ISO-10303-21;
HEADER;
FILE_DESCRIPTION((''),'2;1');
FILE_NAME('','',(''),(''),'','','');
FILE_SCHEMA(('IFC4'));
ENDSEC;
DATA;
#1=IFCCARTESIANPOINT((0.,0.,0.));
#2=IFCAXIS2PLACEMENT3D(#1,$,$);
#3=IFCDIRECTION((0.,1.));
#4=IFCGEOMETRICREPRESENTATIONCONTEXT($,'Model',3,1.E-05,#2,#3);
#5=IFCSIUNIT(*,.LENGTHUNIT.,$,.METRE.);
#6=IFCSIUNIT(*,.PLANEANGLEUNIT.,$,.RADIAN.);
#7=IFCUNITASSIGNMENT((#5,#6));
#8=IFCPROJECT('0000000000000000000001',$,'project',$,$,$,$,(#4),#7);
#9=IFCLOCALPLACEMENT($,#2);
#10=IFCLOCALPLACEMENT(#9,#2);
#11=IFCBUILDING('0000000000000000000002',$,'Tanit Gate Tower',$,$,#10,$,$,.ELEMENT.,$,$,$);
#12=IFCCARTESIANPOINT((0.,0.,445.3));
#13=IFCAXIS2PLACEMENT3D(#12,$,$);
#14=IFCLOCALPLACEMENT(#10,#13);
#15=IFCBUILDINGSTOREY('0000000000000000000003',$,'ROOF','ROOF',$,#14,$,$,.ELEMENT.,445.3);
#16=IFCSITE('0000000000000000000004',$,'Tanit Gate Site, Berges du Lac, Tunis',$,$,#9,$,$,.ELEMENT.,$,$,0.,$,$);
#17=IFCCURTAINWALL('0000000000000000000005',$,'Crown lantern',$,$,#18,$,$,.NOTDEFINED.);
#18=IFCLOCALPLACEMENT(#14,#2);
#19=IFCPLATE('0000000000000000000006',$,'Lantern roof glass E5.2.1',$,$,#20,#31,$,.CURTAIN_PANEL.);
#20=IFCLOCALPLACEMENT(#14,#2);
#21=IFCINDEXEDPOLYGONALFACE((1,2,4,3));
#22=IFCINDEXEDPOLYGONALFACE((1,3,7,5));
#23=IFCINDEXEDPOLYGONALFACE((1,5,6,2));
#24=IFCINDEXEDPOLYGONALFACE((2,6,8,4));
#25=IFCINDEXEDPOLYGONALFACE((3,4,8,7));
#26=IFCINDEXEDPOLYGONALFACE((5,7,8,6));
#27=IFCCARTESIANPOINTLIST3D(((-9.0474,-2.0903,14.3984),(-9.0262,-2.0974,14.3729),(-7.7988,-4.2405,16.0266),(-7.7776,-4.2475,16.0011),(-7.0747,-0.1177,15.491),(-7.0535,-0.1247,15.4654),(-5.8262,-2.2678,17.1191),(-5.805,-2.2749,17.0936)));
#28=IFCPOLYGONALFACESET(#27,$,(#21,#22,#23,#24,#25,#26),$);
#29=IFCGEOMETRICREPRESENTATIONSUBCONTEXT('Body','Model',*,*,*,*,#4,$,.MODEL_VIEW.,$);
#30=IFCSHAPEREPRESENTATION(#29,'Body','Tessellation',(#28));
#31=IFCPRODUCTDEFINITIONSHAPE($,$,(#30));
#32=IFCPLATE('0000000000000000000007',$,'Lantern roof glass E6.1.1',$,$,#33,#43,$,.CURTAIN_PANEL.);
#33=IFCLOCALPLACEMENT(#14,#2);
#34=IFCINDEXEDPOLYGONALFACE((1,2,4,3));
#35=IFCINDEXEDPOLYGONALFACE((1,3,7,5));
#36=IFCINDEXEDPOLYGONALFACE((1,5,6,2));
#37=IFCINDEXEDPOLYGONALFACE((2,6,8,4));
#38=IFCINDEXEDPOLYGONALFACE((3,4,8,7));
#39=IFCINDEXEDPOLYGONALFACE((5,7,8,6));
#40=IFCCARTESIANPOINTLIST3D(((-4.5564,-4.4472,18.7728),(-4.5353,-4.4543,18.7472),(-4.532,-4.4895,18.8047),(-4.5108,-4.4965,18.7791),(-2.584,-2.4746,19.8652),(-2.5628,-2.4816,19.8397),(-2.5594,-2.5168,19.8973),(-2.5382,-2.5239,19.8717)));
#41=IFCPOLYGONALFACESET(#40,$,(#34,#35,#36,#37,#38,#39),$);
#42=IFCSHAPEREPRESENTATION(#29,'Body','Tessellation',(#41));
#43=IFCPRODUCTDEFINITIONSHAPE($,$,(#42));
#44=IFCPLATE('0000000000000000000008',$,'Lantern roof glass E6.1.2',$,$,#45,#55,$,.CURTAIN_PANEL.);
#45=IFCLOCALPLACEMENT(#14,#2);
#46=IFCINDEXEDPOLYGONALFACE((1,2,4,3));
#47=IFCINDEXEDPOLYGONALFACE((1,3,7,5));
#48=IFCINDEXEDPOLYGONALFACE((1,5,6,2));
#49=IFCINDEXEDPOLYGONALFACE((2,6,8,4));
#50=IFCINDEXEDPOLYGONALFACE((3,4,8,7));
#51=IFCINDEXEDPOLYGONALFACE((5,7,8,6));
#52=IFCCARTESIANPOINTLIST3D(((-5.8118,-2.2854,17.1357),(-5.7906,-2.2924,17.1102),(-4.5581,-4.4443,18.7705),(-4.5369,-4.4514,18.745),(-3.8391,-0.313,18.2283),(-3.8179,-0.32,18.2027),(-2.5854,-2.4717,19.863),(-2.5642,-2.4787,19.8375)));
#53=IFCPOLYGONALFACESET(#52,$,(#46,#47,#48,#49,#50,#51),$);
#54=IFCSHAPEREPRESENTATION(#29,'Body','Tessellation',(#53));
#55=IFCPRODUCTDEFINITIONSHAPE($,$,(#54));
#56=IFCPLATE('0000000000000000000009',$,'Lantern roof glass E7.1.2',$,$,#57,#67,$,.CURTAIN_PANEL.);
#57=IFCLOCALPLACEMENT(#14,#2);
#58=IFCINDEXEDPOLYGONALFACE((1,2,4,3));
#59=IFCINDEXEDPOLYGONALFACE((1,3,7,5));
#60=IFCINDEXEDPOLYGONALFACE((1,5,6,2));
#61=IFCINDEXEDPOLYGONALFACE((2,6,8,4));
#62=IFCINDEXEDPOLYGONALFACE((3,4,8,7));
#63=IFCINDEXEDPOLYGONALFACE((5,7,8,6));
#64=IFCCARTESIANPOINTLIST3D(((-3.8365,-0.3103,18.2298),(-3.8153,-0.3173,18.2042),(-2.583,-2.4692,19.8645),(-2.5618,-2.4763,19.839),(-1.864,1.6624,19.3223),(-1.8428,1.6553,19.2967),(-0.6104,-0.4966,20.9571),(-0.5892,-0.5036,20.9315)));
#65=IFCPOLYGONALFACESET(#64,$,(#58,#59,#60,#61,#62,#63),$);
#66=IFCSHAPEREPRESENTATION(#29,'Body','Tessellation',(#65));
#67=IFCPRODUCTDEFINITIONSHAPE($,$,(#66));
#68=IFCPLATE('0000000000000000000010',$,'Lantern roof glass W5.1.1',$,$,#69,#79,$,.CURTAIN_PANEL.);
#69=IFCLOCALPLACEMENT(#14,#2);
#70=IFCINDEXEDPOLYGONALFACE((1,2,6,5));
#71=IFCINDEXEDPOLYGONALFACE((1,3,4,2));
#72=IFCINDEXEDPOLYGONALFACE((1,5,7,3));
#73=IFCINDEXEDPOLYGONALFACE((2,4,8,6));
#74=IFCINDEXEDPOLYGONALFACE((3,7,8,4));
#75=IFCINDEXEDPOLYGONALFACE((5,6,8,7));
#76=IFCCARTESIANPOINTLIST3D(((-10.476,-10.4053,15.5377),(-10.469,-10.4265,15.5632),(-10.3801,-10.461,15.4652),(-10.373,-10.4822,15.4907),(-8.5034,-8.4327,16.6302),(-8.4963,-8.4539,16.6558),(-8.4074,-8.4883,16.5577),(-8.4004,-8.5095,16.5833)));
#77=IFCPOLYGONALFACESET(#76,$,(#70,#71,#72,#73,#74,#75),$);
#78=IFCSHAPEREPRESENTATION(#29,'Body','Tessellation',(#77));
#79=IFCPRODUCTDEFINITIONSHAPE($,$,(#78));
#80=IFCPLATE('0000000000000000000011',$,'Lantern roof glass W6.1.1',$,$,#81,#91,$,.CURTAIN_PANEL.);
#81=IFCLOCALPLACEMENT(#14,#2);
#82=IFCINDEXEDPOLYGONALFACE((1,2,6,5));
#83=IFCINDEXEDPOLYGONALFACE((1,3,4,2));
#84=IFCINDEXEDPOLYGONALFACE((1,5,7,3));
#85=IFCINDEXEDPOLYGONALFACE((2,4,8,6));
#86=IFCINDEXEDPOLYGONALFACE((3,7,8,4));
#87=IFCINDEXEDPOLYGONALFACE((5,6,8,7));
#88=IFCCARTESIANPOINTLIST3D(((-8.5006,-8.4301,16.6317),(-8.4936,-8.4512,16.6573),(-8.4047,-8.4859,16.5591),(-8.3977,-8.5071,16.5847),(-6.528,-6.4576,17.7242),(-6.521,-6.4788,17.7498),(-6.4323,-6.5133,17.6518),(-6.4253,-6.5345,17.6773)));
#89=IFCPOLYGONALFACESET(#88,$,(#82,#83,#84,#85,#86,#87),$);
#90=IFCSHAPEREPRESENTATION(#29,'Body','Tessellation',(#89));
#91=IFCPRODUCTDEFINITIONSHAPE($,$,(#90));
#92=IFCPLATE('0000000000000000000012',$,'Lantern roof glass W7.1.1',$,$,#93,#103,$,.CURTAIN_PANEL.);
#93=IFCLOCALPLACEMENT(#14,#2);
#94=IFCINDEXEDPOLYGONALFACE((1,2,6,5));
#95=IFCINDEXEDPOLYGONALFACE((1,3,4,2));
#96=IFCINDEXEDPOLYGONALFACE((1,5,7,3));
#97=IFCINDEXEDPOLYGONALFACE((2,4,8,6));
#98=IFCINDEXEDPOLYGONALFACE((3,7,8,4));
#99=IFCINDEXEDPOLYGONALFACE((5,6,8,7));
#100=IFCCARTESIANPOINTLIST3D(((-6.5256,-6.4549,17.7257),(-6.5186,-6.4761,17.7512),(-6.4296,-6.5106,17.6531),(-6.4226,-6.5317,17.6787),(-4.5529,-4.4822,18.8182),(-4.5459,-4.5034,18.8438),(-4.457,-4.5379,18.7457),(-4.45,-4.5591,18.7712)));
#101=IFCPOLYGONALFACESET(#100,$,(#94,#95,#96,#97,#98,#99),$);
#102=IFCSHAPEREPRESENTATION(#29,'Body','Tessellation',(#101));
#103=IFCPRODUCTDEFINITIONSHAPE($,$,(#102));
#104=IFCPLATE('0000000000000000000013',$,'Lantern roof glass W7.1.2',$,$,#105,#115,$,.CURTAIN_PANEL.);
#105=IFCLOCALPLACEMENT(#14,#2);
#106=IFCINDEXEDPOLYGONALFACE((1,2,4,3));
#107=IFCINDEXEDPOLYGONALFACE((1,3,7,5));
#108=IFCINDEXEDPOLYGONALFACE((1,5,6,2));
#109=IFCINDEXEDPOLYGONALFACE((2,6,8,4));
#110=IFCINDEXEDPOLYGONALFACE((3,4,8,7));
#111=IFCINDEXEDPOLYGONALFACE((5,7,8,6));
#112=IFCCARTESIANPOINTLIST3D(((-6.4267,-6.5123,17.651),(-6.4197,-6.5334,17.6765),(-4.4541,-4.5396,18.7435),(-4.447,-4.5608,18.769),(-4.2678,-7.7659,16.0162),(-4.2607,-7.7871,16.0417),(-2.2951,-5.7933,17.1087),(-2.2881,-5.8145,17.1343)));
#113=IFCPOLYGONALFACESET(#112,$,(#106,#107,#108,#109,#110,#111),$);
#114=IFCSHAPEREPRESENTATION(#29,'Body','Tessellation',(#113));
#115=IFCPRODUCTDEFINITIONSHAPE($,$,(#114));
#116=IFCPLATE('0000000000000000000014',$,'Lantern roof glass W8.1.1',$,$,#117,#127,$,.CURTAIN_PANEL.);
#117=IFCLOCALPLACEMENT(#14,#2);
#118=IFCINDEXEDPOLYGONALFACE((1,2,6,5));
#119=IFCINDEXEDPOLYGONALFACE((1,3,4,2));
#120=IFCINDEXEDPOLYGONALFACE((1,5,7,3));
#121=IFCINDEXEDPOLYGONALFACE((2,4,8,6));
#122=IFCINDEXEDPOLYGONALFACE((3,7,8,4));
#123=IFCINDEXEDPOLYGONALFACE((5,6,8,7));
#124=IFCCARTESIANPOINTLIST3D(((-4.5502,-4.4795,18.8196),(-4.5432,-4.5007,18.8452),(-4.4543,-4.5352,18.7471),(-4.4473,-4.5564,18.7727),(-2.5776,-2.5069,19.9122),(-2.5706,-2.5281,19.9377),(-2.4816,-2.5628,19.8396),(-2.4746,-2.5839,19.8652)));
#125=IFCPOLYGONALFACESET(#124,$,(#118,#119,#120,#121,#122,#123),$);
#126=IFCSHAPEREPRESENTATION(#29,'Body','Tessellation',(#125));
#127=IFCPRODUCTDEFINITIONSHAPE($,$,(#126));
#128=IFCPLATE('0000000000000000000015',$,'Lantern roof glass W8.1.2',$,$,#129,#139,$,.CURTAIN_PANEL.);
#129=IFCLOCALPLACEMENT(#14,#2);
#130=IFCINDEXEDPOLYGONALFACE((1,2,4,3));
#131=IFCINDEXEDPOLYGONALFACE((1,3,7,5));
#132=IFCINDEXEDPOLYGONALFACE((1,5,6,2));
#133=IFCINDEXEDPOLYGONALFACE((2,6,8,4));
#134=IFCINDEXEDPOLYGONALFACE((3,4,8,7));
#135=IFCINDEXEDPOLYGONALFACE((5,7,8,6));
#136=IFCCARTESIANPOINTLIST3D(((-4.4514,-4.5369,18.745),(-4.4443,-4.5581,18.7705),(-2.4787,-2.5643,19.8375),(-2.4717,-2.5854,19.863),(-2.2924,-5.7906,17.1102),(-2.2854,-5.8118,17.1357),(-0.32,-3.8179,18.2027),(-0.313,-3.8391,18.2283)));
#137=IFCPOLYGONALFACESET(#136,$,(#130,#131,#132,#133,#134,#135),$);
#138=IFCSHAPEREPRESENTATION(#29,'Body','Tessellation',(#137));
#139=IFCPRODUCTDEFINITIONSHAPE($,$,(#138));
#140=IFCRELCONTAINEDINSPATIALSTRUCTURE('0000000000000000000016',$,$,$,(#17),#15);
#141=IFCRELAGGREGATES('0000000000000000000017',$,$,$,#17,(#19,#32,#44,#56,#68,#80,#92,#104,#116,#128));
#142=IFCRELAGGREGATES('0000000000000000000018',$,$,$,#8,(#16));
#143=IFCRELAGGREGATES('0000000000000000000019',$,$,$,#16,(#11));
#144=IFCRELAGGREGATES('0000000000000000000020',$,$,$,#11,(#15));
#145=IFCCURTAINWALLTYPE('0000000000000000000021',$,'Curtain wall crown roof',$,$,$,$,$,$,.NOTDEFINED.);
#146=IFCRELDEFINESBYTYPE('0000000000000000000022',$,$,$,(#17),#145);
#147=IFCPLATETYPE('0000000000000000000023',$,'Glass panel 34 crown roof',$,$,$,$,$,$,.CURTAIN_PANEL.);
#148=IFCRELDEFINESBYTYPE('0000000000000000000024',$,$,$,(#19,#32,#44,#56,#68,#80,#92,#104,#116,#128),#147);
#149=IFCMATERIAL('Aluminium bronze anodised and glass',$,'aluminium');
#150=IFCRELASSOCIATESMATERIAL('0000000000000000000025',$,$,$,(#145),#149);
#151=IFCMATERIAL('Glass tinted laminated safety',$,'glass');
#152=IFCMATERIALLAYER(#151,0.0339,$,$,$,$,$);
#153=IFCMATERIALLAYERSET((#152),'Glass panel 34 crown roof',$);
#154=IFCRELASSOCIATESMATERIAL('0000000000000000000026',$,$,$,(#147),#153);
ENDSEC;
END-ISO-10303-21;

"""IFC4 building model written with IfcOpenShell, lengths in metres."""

from ifc_helpers import new_model, si_unit, direction, frame, origin, place, context, subcontext, project, spatial, polyline, outline, extrude, material, layer, layer_set, type_object, element, aggregate, save


model = new_model("IFC4")

# Units and contexts
model_context = context("Model", 3, precision=1e-05, world=origin(), true_north=direction((0.0, 1.0)))
body_context = subcontext(model_context, "Body", "Model", "MODEL_VIEW")
ifc_project = project(units=[si_unit("LENGTHUNIT", "METRE"), si_unit("PLANEANGLEUNIT", "RADIAN")], contexts=[model_context])

# Site, building, storey
site_placement = place(None, origin())
site = spatial("IfcSite", under=ifc_project, at=site_placement, Name="Tanit Gate Site, Berges du Lac, Tunis", CompositionType="ELEMENT", RefElevation=0.0)
building_placement = place(site_placement, origin())
building = spatial("IfcBuilding", under=site, at=building_placement, Name="Tanit Gate Tower", CompositionType="ELEMENT")
storey_placement = place(building_placement, frame((0.0, 0.0, 445.3)))
storey = spatial("IfcBuildingStorey", under=building, at=storey_placement, Name="ROOF", Description="ROOF", CompositionType="ELEMENT", Elevation=445.3)

# Curtain wall, plates
ifc_material_1 = material(Name="Aluminium bronze anodised and glass", Category="aluminium")
curtain_wall_type = type_object("IfcCurtainWallType", Name="Curtain wall crown roof", PredefinedType="NOTDEFINED", material=ifc_material_1)
curtain_wall_placement = place(storey_placement, origin())
curtain_wall = element("IfcCurtainWall", 1, at=curtain_wall_placement, inside=storey, type_object=curtain_wall_type, Name="Crown lantern", PredefinedType="NOTDEFINED")
ifc_material_2 = material(Name="Glass tinted laminated safety", Category="glass")
ifc_layer = layer(ifc_material_2, 0.0339)
ifc_layer_set = layer_set([ifc_layer], Name="Glass panel 34 crown roof")
plate_type = type_object("IfcPlateType", Name="Glass panel 34 crown roof", PredefinedType="CURTAIN_PANEL", material=ifc_layer_set)
plate_1_placement = place(storey_placement, frame((-7.0747, -0.1177, 15.491), z_axis=(-0.624518, 0.207513, 0.752938), x_axis=(-0.658417, -0.658417, -0.364656)))
plate_1 = element("IfcPlate", 2, at=plate_1_placement, type_object=plate_type, Name="Lantern roof glass E5.2.1", PredefinedType="CURTAIN_PANEL", context=body_context, shape_type="SweptSolid", body=[
    extrude(outline(polyline([(0.0, 0.0), (2.9961, 0.0), (2.996, 2.972), (-0.0001, 2.972), (0.0, 0.0)])), origin(), (0.0, 0.0, -1.0), 0.0339),
])
plate_2_placement = place(storey_placement, frame((-2.584, -2.4746, 19.8652), z_axis=(-0.624484, 0.207409, 0.752995), x_axis=(-0.658387, -0.658447, -0.364656)))
plate_2 = element("IfcPlate", 3, at=plate_2_placement, type_object=plate_type, Name="Lantern roof glass E6.1.1", PredefinedType="CURTAIN_PANEL", context=body_context, shape_type="SweptSolid", body=[
    extrude(outline(polyline([(0.0, 0.0), (2.9959, 0.0), (2.996, 0.0583), (-0.0001, 0.0584), (0.0, 0.0)])), origin(), (0.0, 0.0, -1.0), 0.0339),
])
plate_3_placement = place(storey_placement, frame((-4.5581, -4.4443, 18.7705), z_axis=(-0.624507, 0.207509, 0.752948), x_axis=(0.658422, 0.658415, 0.364649)))
plate_3 = element("IfcPlate", 4, at=plate_3_placement, type_object=plate_type, Name="Lantern roof glass E6.1.2", PredefinedType="CURTAIN_PANEL", context=body_context, shape_type="SweptSolid", body=[
    extrude(outline(polyline([(0.0, 0.0), (2.9961, 0.0), (2.9958, 2.984), (-0.0001, 2.9841), (0.0, 0.0)])), origin(), (0.0, 0.0, -1.0), 0.0339),
])
plate_4_placement = place(storey_placement, frame((-2.583, -2.4692, 19.8645), z_axis=(-0.624536, 0.207499, 0.752927), x_axis=(0.658401, 0.658422, 0.364675)))
plate_4 = element("IfcPlate", 5, at=plate_4_placement, type_object=plate_type, Name="Lantern roof glass E7.1.2", PredefinedType="CURTAIN_PANEL", context=body_context, shape_type="SweptSolid", body=[
    extrude(outline(polyline([(0.0, 0.0), (2.9961, 0.0), (2.996, 2.9841), (0.0001, 2.984), (0.0, 0.0)])), origin(), (0.0, 0.0, -1.0), 0.0339),
])
plate_5_placement = place(storey_placement, frame((-8.4963, -8.4539, 16.6558), z_axis=(0.207086, -0.62427, 0.753261), x_axis=(-0.658417, -0.658417, -0.364656)))
plate_5 = element("IfcPlate", 6, at=plate_5_placement, type_object=plate_type, Name="Lantern roof glass W5.1.1", PredefinedType="CURTAIN_PANEL", context=body_context, shape_type="SweptSolid", body=[
    extrude(outline(polyline([(0.0, 0.0), (2.9961, 0.0), (2.996, 0.1325), (-0.0001, 0.1325), (0.0, 0.0)])), origin(), (0.0, 0.0, -1.0), 0.0339),
])
plate_6_placement = place(storey_placement, frame((-6.521, -6.4788, 17.7498), z_axis=(0.206797, -0.62412, 0.753465), x_axis=(-0.658445, -0.658392, -0.36465)))
plate_6 = element("IfcPlate", 7, at=plate_6_placement, type_object=plate_type, Name="Lantern roof glass W6.1.1", PredefinedType="CURTAIN_PANEL", context=body_context, shape_type="SweptSolid", body=[
    extrude(outline(polyline([(0.0, 0.0), (2.9959, 0.0), (2.996, 0.1326), (0.0001, 0.1323), (0.0, 0.0)])), origin(), (0.0, 0.0, -1.0), 0.0339),
])
plate_7_placement = place(storey_placement, frame((-4.5459, -4.5034, 18.8438), z_axis=(0.207086, -0.62427, 0.753261), x_axis=(-0.658417, -0.658417, -0.364656)))
plate_7 = element("IfcPlate", 8, at=plate_7_placement, type_object=plate_type, Name="Lantern roof glass W7.1.1", PredefinedType="CURTAIN_PANEL", context=body_context, shape_type="SweptSolid", body=[
    extrude(outline(polyline([(0.0, 0.0), (2.9961, 0.0), (2.996, 0.1325), (-0.0001, 0.1325), (0.0, 0.0)])), origin(), (0.0, 0.0, -1.0), 0.0339),
])
plate_8_placement = place(storey_placement, frame((-4.2607, -7.7871, 16.0417), z_axis=(0.207497, -0.624509, 0.75295), x_axis=(0.658417, 0.658417, 0.364656)))
plate_8 = element("IfcPlate", 9, at=plate_8_placement, type_object=plate_type, Name="Lantern roof glass W7.1.2", PredefinedType="CURTAIN_PANEL", context=body_context, shape_type="SweptSolid", body=[
    extrude(outline(polyline([(0.0, 0.0), (2.9961, 0.0), (2.9961, 2.9841), (0.0001, 2.9841), (0.0, 0.0)])), origin(), (0.0, 0.0, -1.0), 0.0339),
])
plate_9_placement = place(storey_placement, frame((-2.5706, -2.5281, 19.9377), z_axis=(0.206654, -0.624045, 0.753566), x_axis=(-0.658422, -0.658401, -0.364675)))
plate_9 = element("IfcPlate", 10, at=plate_9_placement, type_object=plate_type, Name="Lantern roof glass W8.1.1", PredefinedType="CURTAIN_PANEL", context=body_context, shape_type="SweptSolid", body=[
    extrude(outline(polyline([(0.0, 0.0), (2.9961, 0.0), (2.996, 0.1325), (0.0001, 0.1326), (0.0, 0.0)])), origin(), (0.0, 0.0, -1.0), 0.0339),
])
plate_10_placement = place(storey_placement, frame((-2.2854, -5.8118, 17.1357), z_axis=(0.207509, -0.624507, 0.752948), x_axis=(0.658373, 0.658447, 0.364681)))
plate_10 = element("IfcPlate", 11, at=plate_10_placement, type_object=plate_type, Name="Lantern roof glass W8.1.2", PredefinedType="CURTAIN_PANEL", context=body_context, shape_type="SweptSolid", body=[
    extrude(outline(polyline([(0.0, 0.0), (2.9959, 0.0), (2.9963, 2.984), (0.0003, 2.9841), (0.0, 0.0)])), origin(), (0.0, 0.0, -1.0), 0.0339),
])
aggregate(curtain_wall, [plate_1, plate_2, plate_3, plate_4, plate_5, plate_6, plate_7, plate_8, plate_9, plate_10])

save(model, "model.ifc")
